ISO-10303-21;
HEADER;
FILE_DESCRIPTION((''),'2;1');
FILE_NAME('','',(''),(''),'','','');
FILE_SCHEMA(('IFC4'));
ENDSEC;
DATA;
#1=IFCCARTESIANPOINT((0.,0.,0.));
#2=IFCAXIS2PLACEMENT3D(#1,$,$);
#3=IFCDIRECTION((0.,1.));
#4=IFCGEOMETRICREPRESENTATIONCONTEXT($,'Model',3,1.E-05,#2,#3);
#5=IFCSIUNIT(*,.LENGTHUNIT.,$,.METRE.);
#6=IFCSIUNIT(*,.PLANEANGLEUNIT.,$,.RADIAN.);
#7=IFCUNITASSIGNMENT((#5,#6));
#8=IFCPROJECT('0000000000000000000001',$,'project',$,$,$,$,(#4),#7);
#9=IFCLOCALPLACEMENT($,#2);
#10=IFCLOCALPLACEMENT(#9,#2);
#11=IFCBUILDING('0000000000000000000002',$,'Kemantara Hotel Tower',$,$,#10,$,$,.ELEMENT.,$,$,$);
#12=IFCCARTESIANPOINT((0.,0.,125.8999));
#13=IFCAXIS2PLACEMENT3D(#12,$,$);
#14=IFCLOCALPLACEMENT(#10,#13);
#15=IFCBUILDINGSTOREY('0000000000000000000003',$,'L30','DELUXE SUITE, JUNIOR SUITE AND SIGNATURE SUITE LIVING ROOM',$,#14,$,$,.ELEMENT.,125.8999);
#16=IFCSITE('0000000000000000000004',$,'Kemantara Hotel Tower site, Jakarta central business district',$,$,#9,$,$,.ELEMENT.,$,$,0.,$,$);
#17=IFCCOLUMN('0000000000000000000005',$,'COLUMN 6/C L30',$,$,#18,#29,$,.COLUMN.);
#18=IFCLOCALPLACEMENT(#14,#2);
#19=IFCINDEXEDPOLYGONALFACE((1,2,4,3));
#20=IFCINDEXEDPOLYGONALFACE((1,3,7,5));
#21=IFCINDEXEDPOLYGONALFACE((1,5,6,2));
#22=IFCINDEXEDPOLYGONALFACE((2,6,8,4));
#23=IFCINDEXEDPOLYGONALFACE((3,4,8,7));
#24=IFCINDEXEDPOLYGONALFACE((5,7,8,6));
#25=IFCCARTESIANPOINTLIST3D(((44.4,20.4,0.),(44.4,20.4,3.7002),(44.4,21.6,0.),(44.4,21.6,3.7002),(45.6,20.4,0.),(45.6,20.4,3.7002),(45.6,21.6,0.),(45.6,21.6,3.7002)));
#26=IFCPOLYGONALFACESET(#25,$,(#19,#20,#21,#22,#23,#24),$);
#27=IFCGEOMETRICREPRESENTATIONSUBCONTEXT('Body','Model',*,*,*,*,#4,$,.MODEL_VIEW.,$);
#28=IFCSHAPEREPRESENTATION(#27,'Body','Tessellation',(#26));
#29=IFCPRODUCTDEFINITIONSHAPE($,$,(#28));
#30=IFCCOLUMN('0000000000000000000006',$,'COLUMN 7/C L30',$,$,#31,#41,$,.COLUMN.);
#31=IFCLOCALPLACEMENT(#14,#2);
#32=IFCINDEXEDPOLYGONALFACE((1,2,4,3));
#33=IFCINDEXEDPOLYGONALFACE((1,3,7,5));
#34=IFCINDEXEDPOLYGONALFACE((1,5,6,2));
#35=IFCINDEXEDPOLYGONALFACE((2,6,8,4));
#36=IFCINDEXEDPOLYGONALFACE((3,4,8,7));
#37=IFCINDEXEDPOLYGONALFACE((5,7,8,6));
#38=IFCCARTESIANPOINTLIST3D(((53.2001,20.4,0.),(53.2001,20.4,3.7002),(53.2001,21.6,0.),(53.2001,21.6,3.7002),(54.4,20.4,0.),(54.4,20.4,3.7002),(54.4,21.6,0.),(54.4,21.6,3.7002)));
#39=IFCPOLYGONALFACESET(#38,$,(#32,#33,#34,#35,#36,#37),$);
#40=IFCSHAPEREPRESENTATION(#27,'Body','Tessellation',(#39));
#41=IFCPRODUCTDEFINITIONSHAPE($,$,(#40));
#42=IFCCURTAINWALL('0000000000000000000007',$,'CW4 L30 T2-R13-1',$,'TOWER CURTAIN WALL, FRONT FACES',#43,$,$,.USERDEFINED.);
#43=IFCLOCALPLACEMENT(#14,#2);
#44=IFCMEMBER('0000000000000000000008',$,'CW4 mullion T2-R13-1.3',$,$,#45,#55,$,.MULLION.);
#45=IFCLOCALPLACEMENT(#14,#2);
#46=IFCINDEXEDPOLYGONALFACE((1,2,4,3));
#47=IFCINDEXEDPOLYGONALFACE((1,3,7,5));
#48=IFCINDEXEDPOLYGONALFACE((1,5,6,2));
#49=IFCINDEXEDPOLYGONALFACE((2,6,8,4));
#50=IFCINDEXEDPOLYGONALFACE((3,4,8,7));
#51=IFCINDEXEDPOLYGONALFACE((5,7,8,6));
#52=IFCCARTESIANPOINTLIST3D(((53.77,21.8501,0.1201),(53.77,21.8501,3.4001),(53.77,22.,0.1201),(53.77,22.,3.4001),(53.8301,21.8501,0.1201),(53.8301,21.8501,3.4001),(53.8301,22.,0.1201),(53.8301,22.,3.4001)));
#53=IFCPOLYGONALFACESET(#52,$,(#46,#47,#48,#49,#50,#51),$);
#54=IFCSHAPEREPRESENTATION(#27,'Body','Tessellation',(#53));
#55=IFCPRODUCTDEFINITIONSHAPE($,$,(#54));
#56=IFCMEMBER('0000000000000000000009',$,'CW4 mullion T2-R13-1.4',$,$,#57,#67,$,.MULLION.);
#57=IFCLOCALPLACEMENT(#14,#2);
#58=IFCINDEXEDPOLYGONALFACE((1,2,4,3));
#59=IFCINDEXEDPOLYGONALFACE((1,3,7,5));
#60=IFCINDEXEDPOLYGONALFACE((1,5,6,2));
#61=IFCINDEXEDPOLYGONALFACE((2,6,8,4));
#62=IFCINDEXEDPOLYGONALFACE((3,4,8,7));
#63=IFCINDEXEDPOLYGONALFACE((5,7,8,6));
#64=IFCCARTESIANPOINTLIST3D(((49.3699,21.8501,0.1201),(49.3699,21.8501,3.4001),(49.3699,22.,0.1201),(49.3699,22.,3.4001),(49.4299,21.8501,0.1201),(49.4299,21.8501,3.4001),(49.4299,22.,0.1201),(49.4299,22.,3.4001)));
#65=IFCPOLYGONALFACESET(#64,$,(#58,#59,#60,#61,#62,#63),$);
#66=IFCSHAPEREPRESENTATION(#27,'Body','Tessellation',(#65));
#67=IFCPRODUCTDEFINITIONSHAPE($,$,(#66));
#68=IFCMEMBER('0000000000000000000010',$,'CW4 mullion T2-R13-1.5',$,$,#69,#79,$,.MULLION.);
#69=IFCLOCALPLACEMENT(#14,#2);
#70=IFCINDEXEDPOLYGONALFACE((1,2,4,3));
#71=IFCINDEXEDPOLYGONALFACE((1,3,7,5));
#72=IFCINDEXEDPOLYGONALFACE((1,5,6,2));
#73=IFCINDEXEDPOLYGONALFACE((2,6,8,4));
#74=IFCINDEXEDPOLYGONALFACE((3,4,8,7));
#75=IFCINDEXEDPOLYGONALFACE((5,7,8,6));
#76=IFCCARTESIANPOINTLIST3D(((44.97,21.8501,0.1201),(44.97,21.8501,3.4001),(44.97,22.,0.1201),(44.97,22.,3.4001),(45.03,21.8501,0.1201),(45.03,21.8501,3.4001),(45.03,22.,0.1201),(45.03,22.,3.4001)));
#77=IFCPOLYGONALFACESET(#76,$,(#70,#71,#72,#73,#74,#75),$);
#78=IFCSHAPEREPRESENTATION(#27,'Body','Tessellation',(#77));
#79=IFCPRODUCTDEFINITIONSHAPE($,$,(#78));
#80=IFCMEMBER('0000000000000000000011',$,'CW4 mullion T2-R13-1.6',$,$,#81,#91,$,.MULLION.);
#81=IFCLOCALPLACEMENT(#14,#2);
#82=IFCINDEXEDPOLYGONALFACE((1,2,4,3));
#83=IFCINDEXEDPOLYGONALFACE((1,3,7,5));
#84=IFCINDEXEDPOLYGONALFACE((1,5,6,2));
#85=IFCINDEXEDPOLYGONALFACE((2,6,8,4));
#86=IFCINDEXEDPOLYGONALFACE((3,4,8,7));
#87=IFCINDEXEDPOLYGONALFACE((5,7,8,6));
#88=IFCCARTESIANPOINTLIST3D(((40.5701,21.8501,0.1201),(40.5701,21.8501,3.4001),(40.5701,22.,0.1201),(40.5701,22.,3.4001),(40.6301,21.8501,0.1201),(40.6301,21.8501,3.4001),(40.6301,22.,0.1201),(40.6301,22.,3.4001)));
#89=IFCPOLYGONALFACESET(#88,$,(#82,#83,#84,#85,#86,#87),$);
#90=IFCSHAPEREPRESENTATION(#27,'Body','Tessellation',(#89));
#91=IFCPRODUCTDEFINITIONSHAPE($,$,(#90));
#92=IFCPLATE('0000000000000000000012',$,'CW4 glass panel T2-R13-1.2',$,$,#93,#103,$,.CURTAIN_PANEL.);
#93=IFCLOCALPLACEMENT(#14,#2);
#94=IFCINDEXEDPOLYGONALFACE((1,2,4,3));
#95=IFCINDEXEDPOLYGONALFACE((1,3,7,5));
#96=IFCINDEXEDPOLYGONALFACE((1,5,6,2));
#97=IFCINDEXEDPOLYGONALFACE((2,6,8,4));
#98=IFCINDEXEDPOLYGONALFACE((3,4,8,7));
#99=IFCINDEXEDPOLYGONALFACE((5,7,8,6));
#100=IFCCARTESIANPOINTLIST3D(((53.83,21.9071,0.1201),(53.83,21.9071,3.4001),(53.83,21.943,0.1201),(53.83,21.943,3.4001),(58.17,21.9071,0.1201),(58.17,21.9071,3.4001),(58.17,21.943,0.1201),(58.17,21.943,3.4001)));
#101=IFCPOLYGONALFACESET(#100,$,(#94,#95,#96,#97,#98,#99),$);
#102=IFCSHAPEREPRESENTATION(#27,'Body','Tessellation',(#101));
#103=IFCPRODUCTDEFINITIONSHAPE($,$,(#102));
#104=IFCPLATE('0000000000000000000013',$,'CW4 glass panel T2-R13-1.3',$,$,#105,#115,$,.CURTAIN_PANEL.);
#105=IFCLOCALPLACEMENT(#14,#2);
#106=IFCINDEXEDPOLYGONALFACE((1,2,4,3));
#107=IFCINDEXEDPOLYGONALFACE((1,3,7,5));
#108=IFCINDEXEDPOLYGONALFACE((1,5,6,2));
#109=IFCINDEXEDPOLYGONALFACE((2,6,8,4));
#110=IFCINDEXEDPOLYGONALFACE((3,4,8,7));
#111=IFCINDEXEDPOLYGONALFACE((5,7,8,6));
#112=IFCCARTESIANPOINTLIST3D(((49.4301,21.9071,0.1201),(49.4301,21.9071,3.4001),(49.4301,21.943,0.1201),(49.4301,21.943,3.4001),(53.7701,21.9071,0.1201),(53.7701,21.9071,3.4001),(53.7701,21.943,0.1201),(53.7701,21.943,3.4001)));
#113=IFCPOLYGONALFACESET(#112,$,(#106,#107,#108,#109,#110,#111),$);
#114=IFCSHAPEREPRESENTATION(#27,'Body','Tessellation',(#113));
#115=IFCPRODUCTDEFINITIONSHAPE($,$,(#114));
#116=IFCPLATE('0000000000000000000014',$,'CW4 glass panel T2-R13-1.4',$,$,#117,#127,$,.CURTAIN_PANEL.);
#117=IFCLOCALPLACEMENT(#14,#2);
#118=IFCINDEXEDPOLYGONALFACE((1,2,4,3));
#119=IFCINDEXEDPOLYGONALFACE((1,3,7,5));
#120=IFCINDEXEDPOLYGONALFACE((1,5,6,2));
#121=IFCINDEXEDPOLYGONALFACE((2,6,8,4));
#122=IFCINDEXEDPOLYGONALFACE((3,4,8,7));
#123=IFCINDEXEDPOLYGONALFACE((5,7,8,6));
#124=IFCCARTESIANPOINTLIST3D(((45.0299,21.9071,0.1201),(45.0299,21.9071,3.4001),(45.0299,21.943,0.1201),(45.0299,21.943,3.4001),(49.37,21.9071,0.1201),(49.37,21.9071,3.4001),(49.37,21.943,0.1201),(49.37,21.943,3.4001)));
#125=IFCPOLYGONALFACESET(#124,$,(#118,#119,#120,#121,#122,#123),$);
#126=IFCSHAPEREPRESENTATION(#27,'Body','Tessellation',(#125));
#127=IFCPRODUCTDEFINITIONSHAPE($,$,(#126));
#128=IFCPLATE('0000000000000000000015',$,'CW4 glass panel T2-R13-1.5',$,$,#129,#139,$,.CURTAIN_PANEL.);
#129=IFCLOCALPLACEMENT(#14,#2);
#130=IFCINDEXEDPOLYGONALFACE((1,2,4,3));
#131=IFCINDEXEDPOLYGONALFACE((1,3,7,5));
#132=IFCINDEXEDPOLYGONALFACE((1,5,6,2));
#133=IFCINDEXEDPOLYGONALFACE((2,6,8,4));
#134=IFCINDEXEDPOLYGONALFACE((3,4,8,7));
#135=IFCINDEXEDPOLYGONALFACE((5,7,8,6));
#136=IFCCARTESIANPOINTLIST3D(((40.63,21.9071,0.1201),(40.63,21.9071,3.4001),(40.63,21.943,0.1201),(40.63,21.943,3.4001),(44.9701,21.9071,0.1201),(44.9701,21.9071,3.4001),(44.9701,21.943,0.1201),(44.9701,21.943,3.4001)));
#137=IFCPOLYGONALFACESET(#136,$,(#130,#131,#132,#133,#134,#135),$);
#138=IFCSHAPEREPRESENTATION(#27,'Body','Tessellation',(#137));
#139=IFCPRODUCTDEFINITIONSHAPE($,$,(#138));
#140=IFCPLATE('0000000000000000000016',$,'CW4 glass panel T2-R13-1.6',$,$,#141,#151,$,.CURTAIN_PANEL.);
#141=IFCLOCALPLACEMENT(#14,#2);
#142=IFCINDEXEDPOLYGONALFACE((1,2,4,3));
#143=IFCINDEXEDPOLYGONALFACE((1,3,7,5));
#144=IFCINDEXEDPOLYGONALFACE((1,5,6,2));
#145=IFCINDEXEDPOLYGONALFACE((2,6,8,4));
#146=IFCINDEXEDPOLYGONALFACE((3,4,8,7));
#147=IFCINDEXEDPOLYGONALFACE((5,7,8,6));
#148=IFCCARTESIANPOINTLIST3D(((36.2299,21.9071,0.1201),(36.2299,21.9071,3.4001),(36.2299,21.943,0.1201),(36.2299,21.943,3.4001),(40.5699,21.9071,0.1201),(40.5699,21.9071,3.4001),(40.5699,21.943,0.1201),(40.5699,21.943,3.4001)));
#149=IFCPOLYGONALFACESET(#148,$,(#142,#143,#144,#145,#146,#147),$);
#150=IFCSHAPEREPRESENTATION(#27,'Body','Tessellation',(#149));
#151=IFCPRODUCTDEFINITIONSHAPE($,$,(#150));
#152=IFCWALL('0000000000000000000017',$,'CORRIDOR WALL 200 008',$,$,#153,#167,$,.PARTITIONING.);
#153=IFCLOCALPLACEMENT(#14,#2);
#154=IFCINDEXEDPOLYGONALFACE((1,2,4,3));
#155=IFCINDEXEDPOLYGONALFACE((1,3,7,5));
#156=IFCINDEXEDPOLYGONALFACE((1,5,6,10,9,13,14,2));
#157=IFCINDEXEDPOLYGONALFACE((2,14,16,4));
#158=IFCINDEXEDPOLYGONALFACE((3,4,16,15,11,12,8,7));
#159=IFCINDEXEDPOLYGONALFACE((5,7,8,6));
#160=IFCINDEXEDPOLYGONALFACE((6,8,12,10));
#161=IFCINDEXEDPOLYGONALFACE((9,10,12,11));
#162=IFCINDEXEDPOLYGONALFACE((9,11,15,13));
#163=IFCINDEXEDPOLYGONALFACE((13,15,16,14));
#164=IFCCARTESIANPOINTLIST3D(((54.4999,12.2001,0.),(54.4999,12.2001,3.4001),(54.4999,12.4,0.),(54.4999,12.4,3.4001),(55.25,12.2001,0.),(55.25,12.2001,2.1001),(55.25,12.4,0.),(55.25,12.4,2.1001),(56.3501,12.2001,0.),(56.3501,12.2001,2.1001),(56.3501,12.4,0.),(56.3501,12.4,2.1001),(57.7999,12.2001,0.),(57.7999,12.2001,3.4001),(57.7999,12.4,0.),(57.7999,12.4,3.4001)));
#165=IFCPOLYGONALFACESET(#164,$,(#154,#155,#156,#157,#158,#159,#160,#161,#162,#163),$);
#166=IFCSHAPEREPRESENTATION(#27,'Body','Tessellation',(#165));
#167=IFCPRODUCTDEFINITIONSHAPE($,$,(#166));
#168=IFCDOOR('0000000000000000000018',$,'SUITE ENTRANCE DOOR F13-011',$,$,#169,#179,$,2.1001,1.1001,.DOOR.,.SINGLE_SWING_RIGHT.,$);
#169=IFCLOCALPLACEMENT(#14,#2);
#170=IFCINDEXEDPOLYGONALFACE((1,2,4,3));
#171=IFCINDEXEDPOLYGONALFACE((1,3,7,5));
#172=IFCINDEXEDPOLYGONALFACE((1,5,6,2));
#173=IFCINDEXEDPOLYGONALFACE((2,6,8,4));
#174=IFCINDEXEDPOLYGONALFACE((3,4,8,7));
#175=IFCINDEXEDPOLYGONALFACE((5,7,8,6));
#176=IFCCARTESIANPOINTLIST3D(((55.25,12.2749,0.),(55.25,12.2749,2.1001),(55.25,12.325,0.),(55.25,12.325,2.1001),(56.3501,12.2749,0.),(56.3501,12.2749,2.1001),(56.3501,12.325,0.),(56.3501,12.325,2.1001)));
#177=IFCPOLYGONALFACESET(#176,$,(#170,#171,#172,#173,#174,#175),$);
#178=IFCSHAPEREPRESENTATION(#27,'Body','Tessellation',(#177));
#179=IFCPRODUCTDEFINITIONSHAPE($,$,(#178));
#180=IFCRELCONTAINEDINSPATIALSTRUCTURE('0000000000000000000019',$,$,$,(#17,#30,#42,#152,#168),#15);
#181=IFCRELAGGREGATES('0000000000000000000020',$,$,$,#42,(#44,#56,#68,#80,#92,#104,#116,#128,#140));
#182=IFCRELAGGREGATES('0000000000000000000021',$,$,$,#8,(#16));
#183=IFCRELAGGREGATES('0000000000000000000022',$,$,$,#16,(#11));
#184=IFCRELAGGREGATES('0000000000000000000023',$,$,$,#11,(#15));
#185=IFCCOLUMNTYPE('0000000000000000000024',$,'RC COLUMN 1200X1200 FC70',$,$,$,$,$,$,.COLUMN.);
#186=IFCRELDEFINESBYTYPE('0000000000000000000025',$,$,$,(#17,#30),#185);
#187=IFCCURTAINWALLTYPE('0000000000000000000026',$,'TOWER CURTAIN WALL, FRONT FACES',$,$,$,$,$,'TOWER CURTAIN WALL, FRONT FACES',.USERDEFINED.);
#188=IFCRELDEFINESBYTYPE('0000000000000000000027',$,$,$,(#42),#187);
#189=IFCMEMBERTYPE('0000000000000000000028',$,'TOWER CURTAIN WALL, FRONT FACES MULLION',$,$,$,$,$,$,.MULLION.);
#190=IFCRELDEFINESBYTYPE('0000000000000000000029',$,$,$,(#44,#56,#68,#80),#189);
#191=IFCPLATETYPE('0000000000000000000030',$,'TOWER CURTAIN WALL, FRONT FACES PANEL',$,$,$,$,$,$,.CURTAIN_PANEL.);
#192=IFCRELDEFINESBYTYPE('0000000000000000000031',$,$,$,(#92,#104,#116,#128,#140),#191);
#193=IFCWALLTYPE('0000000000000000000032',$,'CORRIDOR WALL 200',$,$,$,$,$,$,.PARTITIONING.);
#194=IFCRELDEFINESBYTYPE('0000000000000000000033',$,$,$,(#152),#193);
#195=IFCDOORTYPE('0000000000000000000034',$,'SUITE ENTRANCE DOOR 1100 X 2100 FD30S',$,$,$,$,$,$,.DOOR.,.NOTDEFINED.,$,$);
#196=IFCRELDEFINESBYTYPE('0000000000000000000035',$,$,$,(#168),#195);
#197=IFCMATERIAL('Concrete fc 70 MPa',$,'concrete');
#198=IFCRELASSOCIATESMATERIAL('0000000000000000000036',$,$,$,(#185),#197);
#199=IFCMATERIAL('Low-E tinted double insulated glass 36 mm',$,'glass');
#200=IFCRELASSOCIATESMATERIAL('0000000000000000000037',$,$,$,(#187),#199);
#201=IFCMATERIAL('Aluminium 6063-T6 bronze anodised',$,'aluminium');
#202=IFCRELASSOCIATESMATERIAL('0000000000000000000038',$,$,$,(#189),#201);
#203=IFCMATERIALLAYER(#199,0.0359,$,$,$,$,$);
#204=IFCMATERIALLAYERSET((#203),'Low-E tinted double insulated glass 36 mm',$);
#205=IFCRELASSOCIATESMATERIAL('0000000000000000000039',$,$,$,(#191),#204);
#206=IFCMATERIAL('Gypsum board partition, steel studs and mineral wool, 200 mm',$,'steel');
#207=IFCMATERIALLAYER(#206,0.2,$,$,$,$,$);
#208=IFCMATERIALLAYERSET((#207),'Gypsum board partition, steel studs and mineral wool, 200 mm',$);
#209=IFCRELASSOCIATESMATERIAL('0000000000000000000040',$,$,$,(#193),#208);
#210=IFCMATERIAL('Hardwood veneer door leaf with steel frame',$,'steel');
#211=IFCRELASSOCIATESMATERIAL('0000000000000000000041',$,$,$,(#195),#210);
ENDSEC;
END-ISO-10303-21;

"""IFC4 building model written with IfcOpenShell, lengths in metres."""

from ifc_helpers import new_model, si_unit, direction, frame, frame_2d, origin, origin_2d, place, context, subcontext, project, spatial, rectangle, extrude, source, transform, mapped, material, layer, layer_set, material_profile, profile_set, type_object, element, fill, aggregate, save


model = new_model("IFC4")

# Units and contexts
model_context = context("Model", 3, precision=1e-05, world=origin(), true_north=direction((0.0, 1.0)))
body_context = subcontext(model_context, "Body", "Model", "MODEL_VIEW")
ifc_project = project(units=[si_unit("LENGTHUNIT", "METRE"), si_unit("PLANEANGLEUNIT", "RADIAN")], contexts=[model_context])

# Site, building, storey
site_placement = place(None, origin())
site = spatial("IfcSite", under=ifc_project, at=site_placement, Name="Kemantara Hotel Tower site, Jakarta central business district", CompositionType="ELEMENT", RefElevation=0.0)
building_placement = place(site_placement, origin())
building = spatial("IfcBuilding", under=site, at=building_placement, Name="Kemantara Hotel Tower", CompositionType="ELEMENT")
storey_placement = place(building_placement, frame((0.0, 0.0, 125.8999)))
storey = spatial("IfcBuildingStorey", under=building, at=storey_placement, Name="L30", Description="DELUXE SUITE, JUNIOR SUITE AND SIGNATURE SUITE LIVING ROOM", CompositionType="ELEMENT", Elevation=125.8999)

# Columns
ifc_material_1 = material(Name="Concrete fc 70 MPa", Category="concrete")
ifc_material_profile_1 = material_profile(ifc_material_1, rectangle(XDim=1.2, YDim=1.2, at=origin_2d()), Name="RC 1200X1200")
ifc_profile_set_1 = profile_set([ifc_material_profile_1], Name="Concrete fc 70 MPa")
column_type = type_object("IfcColumnType", Name="RC COLUMN 1200X1200 FC70", PredefinedType="COLUMN", material=ifc_profile_set_1)
for number, where, z_axis, x_axis, name in (
    (1, (45.0, 21.0, 0.0), (0.0, 0.0, 1.0), (1.0, 0.0, 0.0), "COLUMN 6/C L30"),
    (2, (53.8, 21.0, 0.0), (0.0, 0.0, 1.0), (1.0, 0.0, 0.0), "COLUMN 7/C L30"),
):
    element("IfcColumn", number, at=place(storey_placement, frame(where, z_axis=z_axis, x_axis=x_axis)), inside=storey, type_object=column_type, Name=name, PredefinedType="COLUMN", context=body_context, shape_type="SweptSolid", body=[
        extrude(rectangle(XDim=1.2, YDim=1.2, at=origin_2d()), origin(), (0.0, 0.0, 1.0), 3.7002),
    ])

# Curtain wall, members, plates
ifc_material_2 = material(Name="Low-E tinted double insulated glass 36 mm", Category="glass")
curtain_wall_type = type_object("IfcCurtainWallType", Name="TOWER CURTAIN WALL, FRONT FACES", ElementType="TOWER CURTAIN WALL, FRONT FACES", PredefinedType="USERDEFINED", material=ifc_material_2)
curtain_wall_placement = place(storey_placement, origin())
curtain_wall = element("IfcCurtainWall", 3, at=curtain_wall_placement, inside=storey, type_object=curtain_wall_type, Name="CW4 L30 T2-R13-1", ObjectType="TOWER CURTAIN WALL, FRONT FACES", PredefinedType="USERDEFINED")
ifc_material_3 = material(Name="Aluminium 6063-T6 bronze anodised", Category="aluminium")
ifc_material_profile_2 = material_profile(ifc_material_3, rectangle(XDim=0.1499, YDim=0.0601, at=origin_2d()), Name="TOWER CURTAIN WALL, FRONT FACES MULLION")
ifc_profile_set_2 = profile_set([ifc_material_profile_2], Name="Aluminium 6063-T6 bronze anodised")
member_type = type_object("IfcMemberType", Name="TOWER CURTAIN WALL, FRONT FACES MULLION", PredefinedType="MULLION", material=ifc_profile_set_2)
shared_shape_1 = source(origin(), body_context, "Body", "SweptSolid", [
    extrude(rectangle(XDim=0.1499, YDim=0.0601, at=origin_2d()), origin(), (0.0, 0.0, 1.0), 3.28),
])
member_1_placement = place(storey_placement, frame((53.8, 21.925, 0.1201), z_axis=(0.0, 0.0, 1.0), x_axis=(0.0, -1.0, 0.0)))
member_1 = element("IfcMember", 4, at=member_1_placement, type_object=member_type, Name="CW4 mullion T2-R13-1.3", PredefinedType="MULLION", context=body_context, shape_type="MappedRepresentation", body=[
    mapped(shared_shape_1, transform((0.0, 0.0, 0.0))),
])
member_2_placement = place(storey_placement, frame((49.3999, 21.925, 0.1201), z_axis=(0.0, 0.0, 1.0), x_axis=(0.0, -1.0, 0.0)))
member_2 = element("IfcMember", 5, at=member_2_placement, type_object=member_type, Name="CW4 mullion T2-R13-1.4", PredefinedType="MULLION", context=body_context, shape_type="MappedRepresentation", body=[
    mapped(shared_shape_1, transform((0.0, 0.0, 0.0))),
])
member_3_placement = place(storey_placement, frame((45.0, 21.925, 0.1201), z_axis=(0.0, 0.0, 1.0), x_axis=(0.0, -1.0, 0.0)))
member_3 = element("IfcMember", 6, at=member_3_placement, type_object=member_type, Name="CW4 mullion T2-R13-1.5", PredefinedType="MULLION", context=body_context, shape_type="MappedRepresentation", body=[
    mapped(shared_shape_1, transform((0.0, 0.0, 0.0))),
])
member_4_placement = place(storey_placement, frame((40.6001, 21.925, 0.1201), z_axis=(0.0, 0.0, 1.0), x_axis=(0.0, -1.0, 0.0)))
member_4 = element("IfcMember", 7, at=member_4_placement, type_object=member_type, Name="CW4 mullion T2-R13-1.6", PredefinedType="MULLION", context=body_context, shape_type="MappedRepresentation", body=[
    mapped(shared_shape_1, transform((0.0, 0.0, 0.0))),
])
ifc_layer_1 = layer(ifc_material_2, 0.0359)
ifc_layer_set_1 = layer_set([ifc_layer_1], Name="Low-E tinted double insulated glass 36 mm")
plate_type = type_object("IfcPlateType", Name="TOWER CURTAIN WALL, FRONT FACES PANEL", PredefinedType="CURTAIN_PANEL", material=ifc_layer_set_1)
shared_shape_2 = source(origin(), body_context, "Body", "SweptSolid", [
    extrude(rectangle(XDim=4.3401, YDim=0.0359, at=origin_2d()), origin(), (0.0, 0.0, 1.0), 3.28),
])
plate_1_placement = place(storey_placement, frame((56.0, 21.925, 0.1201), z_axis=(0.0, 0.0, 1.0), x_axis=(-1.0, 0.0, 0.0)))
plate_1 = element("IfcPlate", 8, at=plate_1_placement, type_object=plate_type, Name="CW4 glass panel T2-R13-1.2", PredefinedType="CURTAIN_PANEL", context=body_context, shape_type="MappedRepresentation", body=[
    mapped(shared_shape_2, transform((0.0, 0.0, 0.0))),
])
plate_2_placement = place(storey_placement, frame((51.6001, 21.925, 0.1201), z_axis=(0.0, 0.0, 1.0), x_axis=(-1.0, 0.0, 0.0)))
plate_2 = element("IfcPlate", 9, at=plate_2_placement, type_object=plate_type, Name="CW4 glass panel T2-R13-1.3", PredefinedType="CURTAIN_PANEL", context=body_context, shape_type="MappedRepresentation", body=[
    mapped(shared_shape_2, transform((0.0, 0.0, 0.0))),
])
plate_3_placement = place(storey_placement, frame((47.2, 21.925, 0.1201), z_axis=(0.0, 0.0, 1.0), x_axis=(-1.0, 0.0, 0.0)))
plate_3 = element("IfcPlate", 10, at=plate_3_placement, type_object=plate_type, Name="CW4 glass panel T2-R13-1.4", PredefinedType="CURTAIN_PANEL", context=body_context, shape_type="MappedRepresentation", body=[
    mapped(shared_shape_2, transform((0.0, 0.0, 0.0))),
])
plate_4_placement = place(storey_placement, frame((42.8, 21.925, 0.1201), z_axis=(0.0, 0.0, 1.0), x_axis=(-1.0, 0.0, 0.0)))
plate_4 = element("IfcPlate", 11, at=plate_4_placement, type_object=plate_type, Name="CW4 glass panel T2-R13-1.5", PredefinedType="CURTAIN_PANEL", context=body_context, shape_type="MappedRepresentation", body=[
    mapped(shared_shape_2, transform((0.0, 0.0, 0.0))),
])
plate_5_placement = place(storey_placement, frame((38.3999, 21.925, 0.1201), z_axis=(0.0, 0.0, 1.0), x_axis=(-1.0, 0.0, 0.0)))
plate_5 = element("IfcPlate", 12, at=plate_5_placement, type_object=plate_type, Name="CW4 glass panel T2-R13-1.6", PredefinedType="CURTAIN_PANEL", context=body_context, shape_type="MappedRepresentation", body=[
    mapped(shared_shape_2, transform((0.0, 0.0, 0.0))),
])
aggregate(curtain_wall, [member_1, member_2, member_3, member_4, plate_1, plate_2, plate_3, plate_4, plate_5])

# Wall, opening, door
ifc_material_4 = material(Name="Gypsum board partition, steel studs and mineral wool, 200 mm", Category="steel")
ifc_layer_2 = layer(ifc_material_4, 0.2)
ifc_layer_set_2 = layer_set([ifc_layer_2], Name="Gypsum board partition, steel studs and mineral wool, 200 mm")
wall_type_1 = type_object("IfcWallType", Name="CORRIDOR WALL 200", PredefinedType="PARTITIONING", material=ifc_layer_set_2)
wall_1_placement = place(storey_placement, frame((54.5, 12.3, 0.0), z_axis=(0.0, 0.0, 1.0), x_axis=(1.0, 0.0, 0.0)))
wall_1 = element("IfcWall", 13, at=wall_1_placement, inside=storey, type_object=wall_type_1, Name="CORRIDOR WALL 200 008", PredefinedType="PARTITIONING", context=body_context, shape_type="SweptSolid", body=[
    extrude(rectangle(XDim=3.3, YDim=0.2, at=frame_2d((1.6499, 0.0))), origin(), (0.0, 0.0, 1.0), 3.4001),
])
opening_1_placement = place(wall_1_placement, frame((0.75, 0.0, 0.0)))
opening_1 = element("IfcOpeningElement", 14, at=opening_1_placement, cuts=wall_1, PredefinedType="OPENING", context=body_context, shape_type="SweptSolid", body=[
    extrude(rectangle(XDim=1.1001, YDim=2.1001, at=frame_2d((0.55, 1.05))), frame((0.0, 0.1099, 0.0), z_axis=(0.0, -1.0, 0.0), x_axis=(1.0, 0.0, 0.0)), (0.0, 0.0, 1.0), 0.22),
])
ifc_material_5 = material(Name="Hardwood veneer door leaf with steel frame", Category="steel")
door_type_1 = type_object("IfcDoorType", Name="SUITE ENTRANCE DOOR 1100 X 2100 FD30S", OperationType="NOTDEFINED", PredefinedType="DOOR", material=ifc_material_5)
door_1_placement = place(opening_1_placement, origin())
door_1 = element("IfcDoor", 15, at=door_1_placement, inside=storey, type_object=door_type_1, Name="SUITE ENTRANCE DOOR F13-011", OperationType="SINGLE_SWING_RIGHT", OverallHeight=2.1001, OverallWidth=1.1001, PredefinedType="DOOR", context=body_context, shape_type="SweptSolid", body=[
    extrude(rectangle(XDim=1.1001, YDim=2.1001, at=frame_2d((0.55, 1.05))), frame((0.0, 0.0249, 0.0), z_axis=(0.0, -1.0, 0.0), x_axis=(1.0, 0.0, 0.0)), (0.0, 0.0, 1.0), 0.05),
])
fill(opening_1, door_1)

save(model, "model.ifc")
